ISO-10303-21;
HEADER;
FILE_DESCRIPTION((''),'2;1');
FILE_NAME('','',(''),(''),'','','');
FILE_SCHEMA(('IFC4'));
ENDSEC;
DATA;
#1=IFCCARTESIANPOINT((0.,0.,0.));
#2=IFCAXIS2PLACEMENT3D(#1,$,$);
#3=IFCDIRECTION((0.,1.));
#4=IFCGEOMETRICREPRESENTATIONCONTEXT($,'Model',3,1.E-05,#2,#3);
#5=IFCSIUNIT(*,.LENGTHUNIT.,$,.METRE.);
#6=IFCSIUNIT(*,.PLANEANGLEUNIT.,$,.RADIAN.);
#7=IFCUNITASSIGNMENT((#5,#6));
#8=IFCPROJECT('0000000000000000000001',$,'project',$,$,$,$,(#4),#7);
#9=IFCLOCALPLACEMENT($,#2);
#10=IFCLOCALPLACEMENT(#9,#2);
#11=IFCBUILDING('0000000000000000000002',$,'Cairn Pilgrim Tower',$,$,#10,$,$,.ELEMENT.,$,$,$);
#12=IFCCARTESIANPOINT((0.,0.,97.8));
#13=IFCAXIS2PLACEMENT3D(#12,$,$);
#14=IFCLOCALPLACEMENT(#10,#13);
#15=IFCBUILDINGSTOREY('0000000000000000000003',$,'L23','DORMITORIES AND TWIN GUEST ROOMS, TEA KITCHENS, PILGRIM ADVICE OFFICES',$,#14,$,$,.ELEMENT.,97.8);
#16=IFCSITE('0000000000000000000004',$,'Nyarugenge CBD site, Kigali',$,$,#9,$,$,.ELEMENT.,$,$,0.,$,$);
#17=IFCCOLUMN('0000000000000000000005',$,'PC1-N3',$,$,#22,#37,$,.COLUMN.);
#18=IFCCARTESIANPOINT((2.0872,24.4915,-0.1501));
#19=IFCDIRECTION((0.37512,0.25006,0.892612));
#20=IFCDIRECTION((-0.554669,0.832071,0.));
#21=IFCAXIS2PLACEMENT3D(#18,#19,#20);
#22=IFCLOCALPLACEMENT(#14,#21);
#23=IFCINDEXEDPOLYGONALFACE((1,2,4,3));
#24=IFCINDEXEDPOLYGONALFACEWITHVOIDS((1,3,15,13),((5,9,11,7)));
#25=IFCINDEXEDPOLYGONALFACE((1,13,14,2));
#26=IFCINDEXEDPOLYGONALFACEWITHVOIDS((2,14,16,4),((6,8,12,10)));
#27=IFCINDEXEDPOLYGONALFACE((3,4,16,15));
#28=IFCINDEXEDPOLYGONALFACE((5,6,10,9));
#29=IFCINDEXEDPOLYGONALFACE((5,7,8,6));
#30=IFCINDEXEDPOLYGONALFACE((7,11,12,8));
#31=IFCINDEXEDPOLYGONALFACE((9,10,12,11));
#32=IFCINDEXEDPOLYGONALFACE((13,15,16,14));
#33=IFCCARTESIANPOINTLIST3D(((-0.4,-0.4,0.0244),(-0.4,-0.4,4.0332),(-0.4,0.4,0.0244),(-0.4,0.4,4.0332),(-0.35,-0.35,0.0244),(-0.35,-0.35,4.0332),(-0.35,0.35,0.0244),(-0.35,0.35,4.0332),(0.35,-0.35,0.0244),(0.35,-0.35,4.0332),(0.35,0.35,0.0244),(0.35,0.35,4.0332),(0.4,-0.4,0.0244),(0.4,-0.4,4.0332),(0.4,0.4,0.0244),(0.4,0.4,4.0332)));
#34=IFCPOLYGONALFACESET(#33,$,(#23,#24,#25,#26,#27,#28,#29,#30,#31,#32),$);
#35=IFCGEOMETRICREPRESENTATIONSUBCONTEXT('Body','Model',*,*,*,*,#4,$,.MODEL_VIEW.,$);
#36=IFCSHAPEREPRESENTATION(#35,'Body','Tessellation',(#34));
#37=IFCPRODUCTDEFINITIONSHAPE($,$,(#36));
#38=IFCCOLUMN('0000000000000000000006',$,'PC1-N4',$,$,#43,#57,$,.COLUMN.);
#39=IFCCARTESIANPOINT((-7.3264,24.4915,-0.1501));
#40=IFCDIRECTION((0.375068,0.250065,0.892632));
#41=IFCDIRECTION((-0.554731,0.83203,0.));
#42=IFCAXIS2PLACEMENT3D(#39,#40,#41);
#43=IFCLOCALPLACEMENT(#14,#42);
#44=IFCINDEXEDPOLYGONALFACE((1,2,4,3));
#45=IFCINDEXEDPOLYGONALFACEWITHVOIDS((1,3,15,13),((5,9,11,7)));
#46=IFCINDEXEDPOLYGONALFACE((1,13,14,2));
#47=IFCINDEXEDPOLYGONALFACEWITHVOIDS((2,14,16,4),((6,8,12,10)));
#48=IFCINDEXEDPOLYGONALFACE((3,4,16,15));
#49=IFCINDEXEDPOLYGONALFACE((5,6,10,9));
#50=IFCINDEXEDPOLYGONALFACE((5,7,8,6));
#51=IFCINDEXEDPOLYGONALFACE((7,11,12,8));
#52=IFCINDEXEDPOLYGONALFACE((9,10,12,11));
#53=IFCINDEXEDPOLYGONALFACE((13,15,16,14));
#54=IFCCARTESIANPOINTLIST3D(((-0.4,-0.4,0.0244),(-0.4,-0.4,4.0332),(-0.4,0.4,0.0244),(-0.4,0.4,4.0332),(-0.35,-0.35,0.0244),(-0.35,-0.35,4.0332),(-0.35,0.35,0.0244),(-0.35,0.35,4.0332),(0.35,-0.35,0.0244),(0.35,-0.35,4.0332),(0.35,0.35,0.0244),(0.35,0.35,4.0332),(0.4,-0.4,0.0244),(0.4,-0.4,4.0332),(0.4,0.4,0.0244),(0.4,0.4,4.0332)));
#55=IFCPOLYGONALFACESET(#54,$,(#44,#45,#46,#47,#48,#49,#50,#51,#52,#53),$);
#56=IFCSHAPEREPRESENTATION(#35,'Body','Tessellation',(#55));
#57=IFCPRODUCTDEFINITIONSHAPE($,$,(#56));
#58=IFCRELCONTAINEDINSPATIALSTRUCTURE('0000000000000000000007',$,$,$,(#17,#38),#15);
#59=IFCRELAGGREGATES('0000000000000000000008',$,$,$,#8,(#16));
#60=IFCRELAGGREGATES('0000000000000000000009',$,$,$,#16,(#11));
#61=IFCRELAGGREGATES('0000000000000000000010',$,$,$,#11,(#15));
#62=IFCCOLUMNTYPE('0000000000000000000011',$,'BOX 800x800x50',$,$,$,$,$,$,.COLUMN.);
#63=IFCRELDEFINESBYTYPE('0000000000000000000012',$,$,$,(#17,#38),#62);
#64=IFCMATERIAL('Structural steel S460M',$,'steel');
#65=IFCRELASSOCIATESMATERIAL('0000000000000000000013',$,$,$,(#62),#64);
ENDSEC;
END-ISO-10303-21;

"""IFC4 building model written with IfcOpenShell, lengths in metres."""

from ifc_helpers import new_model, si_unit, direction, frame, origin, origin_2d, place, context, subcontext, project, spatial, hollow_rectangle, extrude, clip, halfspace, material, material_profile, profile_set, type_object, element, save


model = new_model("IFC4")

# Units and contexts
model_context = context("Model", 3, precision=1e-05, world=origin(), true_north=direction((0.0, 1.0)))
body_context = subcontext(model_context, "Body", "Model", "MODEL_VIEW")
ifc_project = project(units=[si_unit("LENGTHUNIT", "METRE"), si_unit("PLANEANGLEUNIT", "RADIAN")], contexts=[model_context])

# Site, building, storey
site_placement = place(None, origin())
site = spatial("IfcSite", under=ifc_project, at=site_placement, Name="Nyarugenge CBD site, Kigali", CompositionType="ELEMENT", RefElevation=0.0)
building_placement = place(site_placement, origin())
building = spatial("IfcBuilding", under=site, at=building_placement, Name="Cairn Pilgrim Tower", CompositionType="ELEMENT")
storey_placement = place(building_placement, frame((0.0, 0.0, 97.8)))
storey = spatial("IfcBuildingStorey", under=building, at=storey_placement, Name="L23", Description="DORMITORIES AND TWIN GUEST ROOMS, TEA KITCHENS, PILGRIM ADVICE OFFICES", CompositionType="ELEMENT", Elevation=97.8)

# Columns
ifc_material_1 = material(Name="Structural steel S460M", Category="steel")
ifc_material_profile_1 = material_profile(ifc_material_1, hollow_rectangle(XDim=0.8, YDim=0.8, WallThickness=0.05, at=origin_2d()), Name="BOX 800x800x50")
ifc_profile_set_1 = profile_set([ifc_material_profile_1], Name="Structural steel S460M")
column_type_1 = type_object("IfcColumnType", Name="BOX 800x800x50", PredefinedType="COLUMN", material=ifc_profile_set_1)
for number, where, z_axis, x_axis, name in (
    (1, (2.0872, 24.4915, -0.1501), (0.37512, 0.25006, 0.892612), (-0.554669, 0.832071, 0.0), "PC1-N3"),
    (2, (-7.3264, 24.4915, -0.1501), (0.375068, 0.250065, 0.892632), (-0.554731, 0.83203, 0.0), "PC1-N4"),
):
    element("IfcColumn", number, at=place(storey_placement, frame(where, z_axis=z_axis, x_axis=x_axis)), inside=storey, type_object=column_type_1, Name=name, PredefinedType="COLUMN", context=body_context, shape_type="Clipping", body=[
        clip(extrude(hollow_rectangle(XDim=0.8, YDim=0.8, WallThickness=0.05, at=origin_2d()), origin(), (0.0, 0.0, 1.0), 4.0332), halfspace(frame((0.0, 0.0, 0.0244), z_axis=(0.0, 0.0, 1.0), x_axis=(1.0, 0.0, 0.0)), True)),
    ])

save(model, "model.ifc")
